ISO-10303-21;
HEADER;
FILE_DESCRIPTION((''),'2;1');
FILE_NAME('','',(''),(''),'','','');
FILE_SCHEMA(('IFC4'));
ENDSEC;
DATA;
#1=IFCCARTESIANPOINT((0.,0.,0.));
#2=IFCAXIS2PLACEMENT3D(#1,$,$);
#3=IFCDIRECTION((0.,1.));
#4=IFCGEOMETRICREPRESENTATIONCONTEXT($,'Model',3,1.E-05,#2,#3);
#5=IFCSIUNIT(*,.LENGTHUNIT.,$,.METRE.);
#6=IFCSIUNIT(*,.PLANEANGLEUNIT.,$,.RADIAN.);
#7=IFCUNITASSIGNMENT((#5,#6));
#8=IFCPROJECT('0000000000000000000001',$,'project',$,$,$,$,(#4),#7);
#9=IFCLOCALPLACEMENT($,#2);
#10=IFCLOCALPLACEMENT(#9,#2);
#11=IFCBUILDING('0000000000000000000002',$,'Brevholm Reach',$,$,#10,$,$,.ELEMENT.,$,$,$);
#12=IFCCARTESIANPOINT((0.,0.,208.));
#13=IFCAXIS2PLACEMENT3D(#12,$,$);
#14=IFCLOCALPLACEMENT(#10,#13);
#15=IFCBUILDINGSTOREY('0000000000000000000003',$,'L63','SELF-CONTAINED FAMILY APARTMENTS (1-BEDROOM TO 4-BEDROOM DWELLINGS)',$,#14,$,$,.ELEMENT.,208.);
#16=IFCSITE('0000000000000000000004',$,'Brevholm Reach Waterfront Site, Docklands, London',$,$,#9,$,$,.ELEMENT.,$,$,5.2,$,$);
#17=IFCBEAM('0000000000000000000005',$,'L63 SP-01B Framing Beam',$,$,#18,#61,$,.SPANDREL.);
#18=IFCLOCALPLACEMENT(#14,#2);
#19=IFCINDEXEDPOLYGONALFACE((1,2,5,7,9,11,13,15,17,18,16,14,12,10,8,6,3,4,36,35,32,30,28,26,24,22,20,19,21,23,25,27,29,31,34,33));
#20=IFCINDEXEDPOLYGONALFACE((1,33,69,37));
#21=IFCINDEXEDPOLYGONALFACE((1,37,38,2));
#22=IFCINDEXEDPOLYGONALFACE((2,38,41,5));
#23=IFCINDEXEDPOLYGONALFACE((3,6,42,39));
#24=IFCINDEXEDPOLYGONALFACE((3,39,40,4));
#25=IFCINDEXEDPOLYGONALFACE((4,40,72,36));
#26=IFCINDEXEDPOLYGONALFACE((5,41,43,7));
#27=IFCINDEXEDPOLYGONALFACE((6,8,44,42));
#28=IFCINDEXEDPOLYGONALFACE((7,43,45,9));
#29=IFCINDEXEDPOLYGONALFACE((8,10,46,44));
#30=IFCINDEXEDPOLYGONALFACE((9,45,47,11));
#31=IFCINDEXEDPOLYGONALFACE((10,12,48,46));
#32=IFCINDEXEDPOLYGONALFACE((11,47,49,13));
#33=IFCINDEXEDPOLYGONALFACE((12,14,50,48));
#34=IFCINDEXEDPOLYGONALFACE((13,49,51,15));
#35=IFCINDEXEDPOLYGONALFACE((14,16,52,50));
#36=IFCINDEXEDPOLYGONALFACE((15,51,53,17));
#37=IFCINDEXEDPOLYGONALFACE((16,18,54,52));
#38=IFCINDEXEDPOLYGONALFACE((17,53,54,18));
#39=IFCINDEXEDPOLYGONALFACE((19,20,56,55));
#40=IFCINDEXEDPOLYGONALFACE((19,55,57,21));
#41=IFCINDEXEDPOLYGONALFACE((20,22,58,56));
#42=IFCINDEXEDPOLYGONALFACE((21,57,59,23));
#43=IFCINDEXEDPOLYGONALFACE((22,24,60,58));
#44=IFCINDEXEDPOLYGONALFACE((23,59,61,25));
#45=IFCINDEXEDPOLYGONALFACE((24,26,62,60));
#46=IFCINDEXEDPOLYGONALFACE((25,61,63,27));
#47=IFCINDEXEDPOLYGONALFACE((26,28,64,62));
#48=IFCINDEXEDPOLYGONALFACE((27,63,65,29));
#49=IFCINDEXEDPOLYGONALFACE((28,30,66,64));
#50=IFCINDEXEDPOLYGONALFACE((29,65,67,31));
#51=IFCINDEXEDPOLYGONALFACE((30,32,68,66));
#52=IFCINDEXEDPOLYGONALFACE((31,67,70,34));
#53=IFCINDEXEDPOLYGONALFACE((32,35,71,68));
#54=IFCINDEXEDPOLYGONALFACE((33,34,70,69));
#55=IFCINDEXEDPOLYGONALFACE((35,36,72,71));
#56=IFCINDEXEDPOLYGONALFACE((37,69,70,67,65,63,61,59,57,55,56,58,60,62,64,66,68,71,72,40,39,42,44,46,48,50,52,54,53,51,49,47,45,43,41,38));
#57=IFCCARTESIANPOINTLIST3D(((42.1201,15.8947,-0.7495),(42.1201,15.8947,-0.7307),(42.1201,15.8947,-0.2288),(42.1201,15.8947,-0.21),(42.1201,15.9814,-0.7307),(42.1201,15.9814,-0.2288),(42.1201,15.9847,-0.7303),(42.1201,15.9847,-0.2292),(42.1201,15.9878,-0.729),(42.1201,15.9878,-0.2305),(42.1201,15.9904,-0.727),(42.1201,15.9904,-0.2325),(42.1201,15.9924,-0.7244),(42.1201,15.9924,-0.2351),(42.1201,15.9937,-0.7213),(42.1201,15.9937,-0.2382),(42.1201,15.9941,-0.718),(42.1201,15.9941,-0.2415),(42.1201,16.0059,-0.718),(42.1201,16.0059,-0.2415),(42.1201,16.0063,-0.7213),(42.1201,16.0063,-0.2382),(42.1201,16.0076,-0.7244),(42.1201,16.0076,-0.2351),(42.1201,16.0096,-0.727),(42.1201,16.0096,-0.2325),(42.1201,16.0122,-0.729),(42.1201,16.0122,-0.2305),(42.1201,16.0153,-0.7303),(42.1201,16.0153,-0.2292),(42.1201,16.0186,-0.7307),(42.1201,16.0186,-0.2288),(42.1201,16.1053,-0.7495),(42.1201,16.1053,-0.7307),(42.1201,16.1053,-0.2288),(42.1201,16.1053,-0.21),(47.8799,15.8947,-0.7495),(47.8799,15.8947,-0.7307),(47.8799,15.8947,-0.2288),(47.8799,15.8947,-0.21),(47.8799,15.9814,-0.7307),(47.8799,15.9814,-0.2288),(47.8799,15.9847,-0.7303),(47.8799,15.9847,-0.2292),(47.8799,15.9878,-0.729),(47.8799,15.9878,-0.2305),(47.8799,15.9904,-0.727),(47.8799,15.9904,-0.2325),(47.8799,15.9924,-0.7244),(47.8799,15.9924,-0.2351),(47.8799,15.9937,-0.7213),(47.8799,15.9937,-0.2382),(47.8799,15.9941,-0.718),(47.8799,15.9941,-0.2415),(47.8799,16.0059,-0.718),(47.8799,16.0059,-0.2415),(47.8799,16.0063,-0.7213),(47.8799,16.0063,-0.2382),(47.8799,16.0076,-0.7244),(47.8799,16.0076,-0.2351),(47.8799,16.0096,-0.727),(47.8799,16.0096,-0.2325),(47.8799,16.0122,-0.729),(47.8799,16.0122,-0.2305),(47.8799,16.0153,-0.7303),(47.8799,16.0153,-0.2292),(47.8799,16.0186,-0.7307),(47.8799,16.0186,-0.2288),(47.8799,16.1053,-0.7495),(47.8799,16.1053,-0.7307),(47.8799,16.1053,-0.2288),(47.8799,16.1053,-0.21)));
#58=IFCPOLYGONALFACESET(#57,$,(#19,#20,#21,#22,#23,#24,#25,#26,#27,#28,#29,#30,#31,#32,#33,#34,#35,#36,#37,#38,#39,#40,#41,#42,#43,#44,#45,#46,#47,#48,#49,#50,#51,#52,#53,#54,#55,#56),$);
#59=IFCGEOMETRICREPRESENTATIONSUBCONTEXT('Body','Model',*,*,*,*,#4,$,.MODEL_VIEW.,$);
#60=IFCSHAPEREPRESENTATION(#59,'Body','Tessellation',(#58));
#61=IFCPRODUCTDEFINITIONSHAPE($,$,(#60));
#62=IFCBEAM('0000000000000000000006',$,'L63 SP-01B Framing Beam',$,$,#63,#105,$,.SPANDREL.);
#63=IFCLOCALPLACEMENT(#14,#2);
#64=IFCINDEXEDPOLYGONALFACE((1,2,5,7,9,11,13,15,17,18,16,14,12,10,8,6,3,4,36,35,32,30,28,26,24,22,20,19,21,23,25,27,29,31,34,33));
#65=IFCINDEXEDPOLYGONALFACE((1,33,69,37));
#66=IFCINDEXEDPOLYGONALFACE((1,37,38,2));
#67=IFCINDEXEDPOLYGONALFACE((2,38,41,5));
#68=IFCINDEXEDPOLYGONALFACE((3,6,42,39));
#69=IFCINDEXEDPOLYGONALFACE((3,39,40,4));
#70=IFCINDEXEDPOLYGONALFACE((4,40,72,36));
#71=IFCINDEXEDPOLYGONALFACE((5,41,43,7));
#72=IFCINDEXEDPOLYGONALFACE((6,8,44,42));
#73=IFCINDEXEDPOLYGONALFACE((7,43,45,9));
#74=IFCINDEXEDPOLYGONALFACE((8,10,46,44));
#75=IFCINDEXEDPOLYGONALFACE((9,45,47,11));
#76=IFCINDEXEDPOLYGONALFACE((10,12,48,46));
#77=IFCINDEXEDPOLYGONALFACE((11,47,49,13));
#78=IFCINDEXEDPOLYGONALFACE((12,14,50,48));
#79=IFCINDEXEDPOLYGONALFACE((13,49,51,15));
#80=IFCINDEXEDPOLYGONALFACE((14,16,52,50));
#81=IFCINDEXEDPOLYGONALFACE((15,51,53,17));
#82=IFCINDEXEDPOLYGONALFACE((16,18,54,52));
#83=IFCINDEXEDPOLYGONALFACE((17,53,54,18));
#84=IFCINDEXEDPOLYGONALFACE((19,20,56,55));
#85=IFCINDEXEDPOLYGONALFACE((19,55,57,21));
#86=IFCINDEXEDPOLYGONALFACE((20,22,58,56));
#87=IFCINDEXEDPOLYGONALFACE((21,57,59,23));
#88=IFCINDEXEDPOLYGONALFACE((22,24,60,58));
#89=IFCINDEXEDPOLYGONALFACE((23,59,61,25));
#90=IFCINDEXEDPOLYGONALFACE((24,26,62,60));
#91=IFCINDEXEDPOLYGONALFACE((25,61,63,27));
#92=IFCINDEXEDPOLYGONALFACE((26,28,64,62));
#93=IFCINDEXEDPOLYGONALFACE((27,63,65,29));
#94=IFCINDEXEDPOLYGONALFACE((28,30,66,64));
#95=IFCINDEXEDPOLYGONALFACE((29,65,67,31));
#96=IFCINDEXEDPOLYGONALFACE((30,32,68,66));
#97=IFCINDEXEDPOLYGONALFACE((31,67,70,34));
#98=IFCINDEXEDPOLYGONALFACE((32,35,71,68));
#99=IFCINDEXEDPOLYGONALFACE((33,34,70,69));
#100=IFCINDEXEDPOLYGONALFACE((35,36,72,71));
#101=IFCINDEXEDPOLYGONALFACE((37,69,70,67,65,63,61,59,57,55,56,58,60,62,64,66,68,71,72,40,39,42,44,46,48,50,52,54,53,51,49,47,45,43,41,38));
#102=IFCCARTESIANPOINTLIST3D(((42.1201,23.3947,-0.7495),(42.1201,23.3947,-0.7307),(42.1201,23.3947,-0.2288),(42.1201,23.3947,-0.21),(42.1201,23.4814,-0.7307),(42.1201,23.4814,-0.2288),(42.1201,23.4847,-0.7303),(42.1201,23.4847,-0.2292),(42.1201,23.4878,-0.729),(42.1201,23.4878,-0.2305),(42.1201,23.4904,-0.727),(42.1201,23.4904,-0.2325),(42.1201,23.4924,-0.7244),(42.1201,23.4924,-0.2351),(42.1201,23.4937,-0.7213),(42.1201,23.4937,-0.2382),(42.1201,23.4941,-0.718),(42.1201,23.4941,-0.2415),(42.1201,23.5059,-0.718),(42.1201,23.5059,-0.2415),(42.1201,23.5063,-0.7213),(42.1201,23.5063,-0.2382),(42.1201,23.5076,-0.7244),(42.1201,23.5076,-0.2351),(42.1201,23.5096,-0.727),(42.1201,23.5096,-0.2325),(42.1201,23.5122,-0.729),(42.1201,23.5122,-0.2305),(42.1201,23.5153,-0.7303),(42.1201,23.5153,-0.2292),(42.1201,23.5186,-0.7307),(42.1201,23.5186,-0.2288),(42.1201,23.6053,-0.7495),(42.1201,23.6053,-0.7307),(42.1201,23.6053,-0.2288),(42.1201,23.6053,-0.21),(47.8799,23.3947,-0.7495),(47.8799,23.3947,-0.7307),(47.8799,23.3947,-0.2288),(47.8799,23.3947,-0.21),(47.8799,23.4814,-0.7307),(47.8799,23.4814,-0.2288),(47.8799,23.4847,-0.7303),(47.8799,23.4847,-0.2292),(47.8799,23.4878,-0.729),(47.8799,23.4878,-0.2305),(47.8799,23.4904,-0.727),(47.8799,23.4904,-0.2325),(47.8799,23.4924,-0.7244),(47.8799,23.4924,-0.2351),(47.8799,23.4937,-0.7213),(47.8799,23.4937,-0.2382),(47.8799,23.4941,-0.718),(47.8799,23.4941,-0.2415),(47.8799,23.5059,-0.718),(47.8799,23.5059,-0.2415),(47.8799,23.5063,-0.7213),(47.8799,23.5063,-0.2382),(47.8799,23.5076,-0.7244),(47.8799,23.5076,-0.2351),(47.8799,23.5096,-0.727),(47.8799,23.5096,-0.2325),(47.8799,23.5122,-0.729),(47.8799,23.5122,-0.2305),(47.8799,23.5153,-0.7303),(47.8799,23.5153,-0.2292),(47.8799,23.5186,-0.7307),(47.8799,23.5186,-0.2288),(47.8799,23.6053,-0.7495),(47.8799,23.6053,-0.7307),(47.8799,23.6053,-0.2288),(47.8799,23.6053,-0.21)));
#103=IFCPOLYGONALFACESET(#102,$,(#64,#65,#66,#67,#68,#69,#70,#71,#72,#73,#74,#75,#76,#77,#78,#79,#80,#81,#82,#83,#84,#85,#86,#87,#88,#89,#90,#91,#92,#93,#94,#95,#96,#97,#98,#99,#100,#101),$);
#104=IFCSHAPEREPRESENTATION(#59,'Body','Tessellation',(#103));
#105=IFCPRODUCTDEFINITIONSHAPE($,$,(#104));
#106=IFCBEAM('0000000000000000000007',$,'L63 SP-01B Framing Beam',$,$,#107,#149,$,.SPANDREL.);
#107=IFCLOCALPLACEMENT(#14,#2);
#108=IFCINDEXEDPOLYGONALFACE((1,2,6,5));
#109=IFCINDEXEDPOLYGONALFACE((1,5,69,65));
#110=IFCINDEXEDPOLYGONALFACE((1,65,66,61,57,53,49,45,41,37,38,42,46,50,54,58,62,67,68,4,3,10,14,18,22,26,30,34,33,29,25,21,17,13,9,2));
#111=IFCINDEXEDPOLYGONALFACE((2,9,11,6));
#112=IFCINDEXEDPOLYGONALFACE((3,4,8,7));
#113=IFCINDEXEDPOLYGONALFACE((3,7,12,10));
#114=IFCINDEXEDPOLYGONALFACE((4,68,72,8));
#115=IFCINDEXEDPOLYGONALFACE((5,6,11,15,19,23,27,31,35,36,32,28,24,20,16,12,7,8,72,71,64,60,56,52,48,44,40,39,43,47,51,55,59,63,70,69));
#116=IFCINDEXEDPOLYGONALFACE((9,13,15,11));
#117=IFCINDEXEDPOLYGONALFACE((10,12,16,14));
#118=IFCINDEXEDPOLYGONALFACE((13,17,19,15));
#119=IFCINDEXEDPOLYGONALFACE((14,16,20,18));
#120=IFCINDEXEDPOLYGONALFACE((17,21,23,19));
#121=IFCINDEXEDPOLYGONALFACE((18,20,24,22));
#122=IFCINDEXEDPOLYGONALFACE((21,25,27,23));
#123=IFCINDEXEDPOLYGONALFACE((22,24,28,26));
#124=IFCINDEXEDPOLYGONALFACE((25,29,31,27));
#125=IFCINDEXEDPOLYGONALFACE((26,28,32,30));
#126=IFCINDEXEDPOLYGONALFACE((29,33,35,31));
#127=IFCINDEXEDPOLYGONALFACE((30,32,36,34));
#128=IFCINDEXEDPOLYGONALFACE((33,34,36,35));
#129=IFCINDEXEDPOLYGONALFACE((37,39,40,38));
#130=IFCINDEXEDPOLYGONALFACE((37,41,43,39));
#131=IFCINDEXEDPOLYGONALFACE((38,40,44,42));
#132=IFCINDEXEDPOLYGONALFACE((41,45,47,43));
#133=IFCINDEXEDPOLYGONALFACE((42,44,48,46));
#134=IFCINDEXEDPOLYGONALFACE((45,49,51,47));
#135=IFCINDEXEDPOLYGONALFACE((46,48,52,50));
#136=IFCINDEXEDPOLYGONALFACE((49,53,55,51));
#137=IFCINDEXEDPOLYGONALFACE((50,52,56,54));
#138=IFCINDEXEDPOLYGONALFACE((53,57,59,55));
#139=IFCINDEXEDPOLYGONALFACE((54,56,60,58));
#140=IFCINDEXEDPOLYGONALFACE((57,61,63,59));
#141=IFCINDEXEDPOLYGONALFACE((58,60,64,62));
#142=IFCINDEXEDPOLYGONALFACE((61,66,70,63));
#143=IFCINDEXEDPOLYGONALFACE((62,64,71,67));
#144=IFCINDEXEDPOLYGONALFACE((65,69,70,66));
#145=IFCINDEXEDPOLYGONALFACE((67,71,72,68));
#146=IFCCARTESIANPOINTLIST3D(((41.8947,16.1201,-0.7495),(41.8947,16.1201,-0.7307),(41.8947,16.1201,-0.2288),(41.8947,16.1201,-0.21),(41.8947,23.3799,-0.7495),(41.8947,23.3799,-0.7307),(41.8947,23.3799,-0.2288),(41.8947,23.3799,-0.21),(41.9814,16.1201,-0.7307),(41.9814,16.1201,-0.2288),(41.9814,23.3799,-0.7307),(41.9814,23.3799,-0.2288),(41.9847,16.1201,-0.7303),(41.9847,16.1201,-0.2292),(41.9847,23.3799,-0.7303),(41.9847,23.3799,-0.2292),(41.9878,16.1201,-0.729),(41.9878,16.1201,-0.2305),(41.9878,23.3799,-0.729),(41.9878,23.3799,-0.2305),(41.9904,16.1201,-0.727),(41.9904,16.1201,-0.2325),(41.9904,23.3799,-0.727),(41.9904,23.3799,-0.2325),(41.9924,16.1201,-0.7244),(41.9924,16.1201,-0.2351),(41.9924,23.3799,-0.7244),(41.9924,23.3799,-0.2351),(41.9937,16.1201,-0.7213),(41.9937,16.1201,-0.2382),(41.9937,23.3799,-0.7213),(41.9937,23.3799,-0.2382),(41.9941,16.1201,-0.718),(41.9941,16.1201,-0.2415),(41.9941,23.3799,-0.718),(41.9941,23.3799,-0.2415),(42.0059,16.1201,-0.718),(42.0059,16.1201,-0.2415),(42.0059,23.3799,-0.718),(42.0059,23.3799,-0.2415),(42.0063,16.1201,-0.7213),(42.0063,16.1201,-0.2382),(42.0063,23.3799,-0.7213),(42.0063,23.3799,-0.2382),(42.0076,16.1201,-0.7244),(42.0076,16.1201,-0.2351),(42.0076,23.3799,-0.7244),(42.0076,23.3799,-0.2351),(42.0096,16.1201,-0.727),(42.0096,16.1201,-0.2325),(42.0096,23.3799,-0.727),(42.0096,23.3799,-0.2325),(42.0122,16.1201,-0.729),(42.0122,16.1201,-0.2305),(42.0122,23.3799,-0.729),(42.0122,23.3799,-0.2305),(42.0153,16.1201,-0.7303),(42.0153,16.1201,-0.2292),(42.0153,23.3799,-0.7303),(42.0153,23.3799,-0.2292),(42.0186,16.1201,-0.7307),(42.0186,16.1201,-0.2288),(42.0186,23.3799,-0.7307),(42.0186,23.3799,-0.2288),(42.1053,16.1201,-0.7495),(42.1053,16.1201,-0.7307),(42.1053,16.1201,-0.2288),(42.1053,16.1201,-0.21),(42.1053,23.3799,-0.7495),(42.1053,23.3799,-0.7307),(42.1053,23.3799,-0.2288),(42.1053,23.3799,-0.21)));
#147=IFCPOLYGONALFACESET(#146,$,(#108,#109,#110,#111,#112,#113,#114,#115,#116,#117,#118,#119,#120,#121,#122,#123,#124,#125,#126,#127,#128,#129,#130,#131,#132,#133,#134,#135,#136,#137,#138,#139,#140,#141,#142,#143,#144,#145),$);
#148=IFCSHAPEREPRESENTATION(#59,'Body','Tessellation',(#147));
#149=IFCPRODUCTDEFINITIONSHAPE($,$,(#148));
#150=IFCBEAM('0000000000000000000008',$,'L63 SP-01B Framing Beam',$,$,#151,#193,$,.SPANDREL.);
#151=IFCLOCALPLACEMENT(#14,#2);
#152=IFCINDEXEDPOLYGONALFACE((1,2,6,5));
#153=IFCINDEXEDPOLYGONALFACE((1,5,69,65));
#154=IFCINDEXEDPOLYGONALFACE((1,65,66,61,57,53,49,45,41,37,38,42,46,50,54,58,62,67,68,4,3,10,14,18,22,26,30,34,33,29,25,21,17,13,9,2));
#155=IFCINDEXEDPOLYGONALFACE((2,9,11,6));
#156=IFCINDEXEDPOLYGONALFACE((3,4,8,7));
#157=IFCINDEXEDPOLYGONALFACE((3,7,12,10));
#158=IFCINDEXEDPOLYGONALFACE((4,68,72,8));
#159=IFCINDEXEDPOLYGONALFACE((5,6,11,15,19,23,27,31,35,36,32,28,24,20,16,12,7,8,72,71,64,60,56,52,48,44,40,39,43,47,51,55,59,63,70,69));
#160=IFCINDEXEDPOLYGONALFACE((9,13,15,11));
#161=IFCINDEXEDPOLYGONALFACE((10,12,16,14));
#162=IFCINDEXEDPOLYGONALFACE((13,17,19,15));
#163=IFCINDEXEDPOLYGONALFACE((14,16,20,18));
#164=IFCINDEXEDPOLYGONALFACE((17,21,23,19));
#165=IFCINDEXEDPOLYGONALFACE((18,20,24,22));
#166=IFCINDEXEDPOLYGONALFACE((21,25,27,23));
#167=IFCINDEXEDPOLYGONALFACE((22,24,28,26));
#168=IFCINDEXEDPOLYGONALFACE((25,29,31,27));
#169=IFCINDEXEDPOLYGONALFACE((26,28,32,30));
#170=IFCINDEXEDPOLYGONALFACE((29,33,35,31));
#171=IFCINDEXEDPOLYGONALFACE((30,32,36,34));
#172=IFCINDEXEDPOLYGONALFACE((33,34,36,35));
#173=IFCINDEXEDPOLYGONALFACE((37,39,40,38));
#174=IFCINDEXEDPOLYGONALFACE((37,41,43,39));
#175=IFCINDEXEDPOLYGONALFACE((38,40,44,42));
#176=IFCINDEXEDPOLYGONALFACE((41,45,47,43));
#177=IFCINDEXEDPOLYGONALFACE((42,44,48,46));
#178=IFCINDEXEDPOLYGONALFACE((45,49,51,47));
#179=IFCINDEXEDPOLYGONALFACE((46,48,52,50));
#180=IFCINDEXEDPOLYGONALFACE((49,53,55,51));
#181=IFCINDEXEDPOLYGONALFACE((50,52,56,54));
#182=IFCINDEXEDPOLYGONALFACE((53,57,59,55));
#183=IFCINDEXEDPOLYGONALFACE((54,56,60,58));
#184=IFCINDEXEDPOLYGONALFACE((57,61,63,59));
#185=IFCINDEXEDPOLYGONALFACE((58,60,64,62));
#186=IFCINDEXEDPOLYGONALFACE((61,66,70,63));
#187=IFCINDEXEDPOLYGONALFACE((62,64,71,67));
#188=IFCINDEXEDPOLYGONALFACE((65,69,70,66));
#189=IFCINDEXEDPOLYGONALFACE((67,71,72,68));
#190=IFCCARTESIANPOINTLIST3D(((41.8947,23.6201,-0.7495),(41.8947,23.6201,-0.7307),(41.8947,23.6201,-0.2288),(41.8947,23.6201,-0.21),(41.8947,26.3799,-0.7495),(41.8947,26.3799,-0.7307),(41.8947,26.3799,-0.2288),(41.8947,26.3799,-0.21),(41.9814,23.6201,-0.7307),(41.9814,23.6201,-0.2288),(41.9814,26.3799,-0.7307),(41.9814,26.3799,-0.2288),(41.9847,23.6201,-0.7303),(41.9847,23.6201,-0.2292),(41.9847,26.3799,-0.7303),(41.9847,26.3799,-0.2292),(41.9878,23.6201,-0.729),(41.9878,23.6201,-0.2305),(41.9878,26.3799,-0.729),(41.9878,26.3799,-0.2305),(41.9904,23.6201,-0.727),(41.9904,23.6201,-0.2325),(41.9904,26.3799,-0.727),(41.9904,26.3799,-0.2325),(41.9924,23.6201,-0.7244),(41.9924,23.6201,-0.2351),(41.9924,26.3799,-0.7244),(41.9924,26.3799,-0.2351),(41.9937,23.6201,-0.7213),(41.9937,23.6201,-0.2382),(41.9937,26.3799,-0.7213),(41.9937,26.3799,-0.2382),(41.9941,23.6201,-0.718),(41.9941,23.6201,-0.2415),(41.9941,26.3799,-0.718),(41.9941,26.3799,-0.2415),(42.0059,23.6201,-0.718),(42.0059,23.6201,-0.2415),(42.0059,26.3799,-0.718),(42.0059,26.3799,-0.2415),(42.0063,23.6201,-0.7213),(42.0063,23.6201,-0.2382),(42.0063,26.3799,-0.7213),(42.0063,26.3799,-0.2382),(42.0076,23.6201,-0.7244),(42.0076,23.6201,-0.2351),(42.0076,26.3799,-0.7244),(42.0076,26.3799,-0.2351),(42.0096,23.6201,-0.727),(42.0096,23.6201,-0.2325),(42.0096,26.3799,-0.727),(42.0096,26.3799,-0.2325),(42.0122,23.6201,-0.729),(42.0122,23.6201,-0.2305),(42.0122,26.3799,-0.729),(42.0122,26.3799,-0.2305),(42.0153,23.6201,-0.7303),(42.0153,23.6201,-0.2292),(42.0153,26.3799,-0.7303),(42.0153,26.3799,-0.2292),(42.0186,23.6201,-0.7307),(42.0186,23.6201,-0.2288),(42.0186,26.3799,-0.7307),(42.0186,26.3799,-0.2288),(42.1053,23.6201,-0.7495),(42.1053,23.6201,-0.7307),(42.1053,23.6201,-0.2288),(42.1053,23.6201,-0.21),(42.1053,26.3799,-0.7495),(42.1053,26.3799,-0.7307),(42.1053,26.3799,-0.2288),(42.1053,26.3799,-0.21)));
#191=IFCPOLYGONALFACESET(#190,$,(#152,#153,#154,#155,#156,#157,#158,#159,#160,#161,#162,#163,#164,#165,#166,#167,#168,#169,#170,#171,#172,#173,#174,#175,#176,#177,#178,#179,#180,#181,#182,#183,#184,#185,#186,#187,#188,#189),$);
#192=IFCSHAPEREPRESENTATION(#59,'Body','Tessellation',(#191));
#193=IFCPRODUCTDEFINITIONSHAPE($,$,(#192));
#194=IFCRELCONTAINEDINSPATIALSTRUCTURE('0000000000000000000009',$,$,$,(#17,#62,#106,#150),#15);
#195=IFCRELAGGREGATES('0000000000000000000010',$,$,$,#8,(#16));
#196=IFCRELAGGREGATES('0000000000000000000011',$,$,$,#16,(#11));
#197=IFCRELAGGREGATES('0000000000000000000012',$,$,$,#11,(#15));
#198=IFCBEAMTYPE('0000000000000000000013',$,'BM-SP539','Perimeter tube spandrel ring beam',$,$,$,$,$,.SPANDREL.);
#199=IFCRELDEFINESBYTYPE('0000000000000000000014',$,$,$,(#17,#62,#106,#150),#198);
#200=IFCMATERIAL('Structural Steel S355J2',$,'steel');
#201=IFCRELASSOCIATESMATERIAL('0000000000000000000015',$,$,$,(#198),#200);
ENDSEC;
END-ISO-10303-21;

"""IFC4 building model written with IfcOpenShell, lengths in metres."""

from ifc_helpers import new_model, si_unit, direction, frame, origin, origin_2d, place, context, subcontext, project, spatial, i_section, extrude, material, material_profile, profile_set, type_object, element, save


model = new_model("IFC4")

# Units and contexts
model_context = context("Model", 3, precision=1e-05, world=origin(), true_north=direction((0.0, 1.0)))
body_context = subcontext(model_context, "Body", "Model", "MODEL_VIEW")
ifc_project = project(units=[si_unit("LENGTHUNIT", "METRE"), si_unit("PLANEANGLEUNIT", "RADIAN")], contexts=[model_context])

# Site, building, storey
site_placement = place(None, origin())
site = spatial("IfcSite", under=ifc_project, at=site_placement, Name="Brevholm Reach Waterfront Site, Docklands, London", CompositionType="ELEMENT", RefElevation=5.2)
building_placement = place(site_placement, origin())
building = spatial("IfcBuilding", under=site, at=building_placement, Name="Brevholm Reach", CompositionType="ELEMENT")
storey_placement = place(building_placement, frame((0.0, 0.0, 208.0)))
storey = spatial("IfcBuildingStorey", under=building, at=storey_placement, Name="L63", Description="SELF-CONTAINED FAMILY APARTMENTS (1-BEDROOM TO 4-BEDROOM DWELLINGS)", CompositionType="ELEMENT", Elevation=208.0)

# Beams
ifc_material_1 = material(Name="Structural Steel S355J2", Category="steel")
ifc_material_profile_1 = material_profile(ifc_material_1, i_section(OverallWidth=0.2107, OverallDepth=0.5396, WebThickness=0.0117, FlangeThickness=0.0188, FilletRadius=0.0127, at=origin_2d()), Name="UKB 533x210x109")
ifc_profile_set_1 = profile_set([ifc_material_profile_1], Name="Structural Steel S355J2")
beam_type_1 = type_object("IfcBeamType", Name="BM-SP539", Description="Perimeter tube spandrel ring beam", PredefinedType="SPANDREL", material=ifc_profile_set_1)
for number, where, z_axis, x_axis, name in (
    (1, (42.1201, 16.0, -0.4797), (1.0, 0.0, 0.0), (0.0, 1.0, 0.0), "L63 SP-01B Framing Beam"),
    (2, (42.1201, 23.5, -0.4797), (1.0, 0.0, 0.0), (0.0, 1.0, 0.0), "L63 SP-01B Framing Beam"),
):
    element("IfcBeam", number, at=place(storey_placement, frame(where, z_axis=z_axis, x_axis=x_axis)), inside=storey, type_object=beam_type_1, Name=name, PredefinedType="SPANDREL", context=body_context, shape_type="SweptSolid", body=[
        extrude(i_section(OverallWidth=0.2107, OverallDepth=0.5396, WebThickness=0.0117, FlangeThickness=0.0188, FilletRadius=0.0127, at=origin_2d()), origin(), (0.0, 0.0, 1.0), 5.7598),
    ])
beam_1_placement = place(storey_placement, frame((42.0, 16.1201, -0.4797), z_axis=(0.0, 1.0, 0.0), x_axis=(-1.0, 0.0, 0.0)))
element("IfcBeam", 3, at=beam_1_placement, inside=storey, type_object=beam_type_1, Name="L63 SP-01B Framing Beam", PredefinedType="SPANDREL", context=body_context, shape_type="SweptSolid", body=[
    extrude(i_section(OverallWidth=0.2107, OverallDepth=0.5396, WebThickness=0.0117, FlangeThickness=0.0188, FilletRadius=0.0127, at=origin_2d()), origin(), (0.0, 0.0, 1.0), 7.2598),
])
beam_2_placement = place(storey_placement, frame((42.0, 23.6201, -0.4797), z_axis=(0.0, 1.0, 0.0), x_axis=(-1.0, 0.0, 0.0)))
element("IfcBeam", 4, at=beam_2_placement, inside=storey, type_object=beam_type_1, Name="L63 SP-01B Framing Beam", PredefinedType="SPANDREL", context=body_context, shape_type="SweptSolid", body=[
    extrude(i_section(OverallWidth=0.2107, OverallDepth=0.5396, WebThickness=0.0117, FlangeThickness=0.0188, FilletRadius=0.0127, at=origin_2d()), origin(), (0.0, 0.0, 1.0), 2.7598),
])

save(model, "model.ifc")
